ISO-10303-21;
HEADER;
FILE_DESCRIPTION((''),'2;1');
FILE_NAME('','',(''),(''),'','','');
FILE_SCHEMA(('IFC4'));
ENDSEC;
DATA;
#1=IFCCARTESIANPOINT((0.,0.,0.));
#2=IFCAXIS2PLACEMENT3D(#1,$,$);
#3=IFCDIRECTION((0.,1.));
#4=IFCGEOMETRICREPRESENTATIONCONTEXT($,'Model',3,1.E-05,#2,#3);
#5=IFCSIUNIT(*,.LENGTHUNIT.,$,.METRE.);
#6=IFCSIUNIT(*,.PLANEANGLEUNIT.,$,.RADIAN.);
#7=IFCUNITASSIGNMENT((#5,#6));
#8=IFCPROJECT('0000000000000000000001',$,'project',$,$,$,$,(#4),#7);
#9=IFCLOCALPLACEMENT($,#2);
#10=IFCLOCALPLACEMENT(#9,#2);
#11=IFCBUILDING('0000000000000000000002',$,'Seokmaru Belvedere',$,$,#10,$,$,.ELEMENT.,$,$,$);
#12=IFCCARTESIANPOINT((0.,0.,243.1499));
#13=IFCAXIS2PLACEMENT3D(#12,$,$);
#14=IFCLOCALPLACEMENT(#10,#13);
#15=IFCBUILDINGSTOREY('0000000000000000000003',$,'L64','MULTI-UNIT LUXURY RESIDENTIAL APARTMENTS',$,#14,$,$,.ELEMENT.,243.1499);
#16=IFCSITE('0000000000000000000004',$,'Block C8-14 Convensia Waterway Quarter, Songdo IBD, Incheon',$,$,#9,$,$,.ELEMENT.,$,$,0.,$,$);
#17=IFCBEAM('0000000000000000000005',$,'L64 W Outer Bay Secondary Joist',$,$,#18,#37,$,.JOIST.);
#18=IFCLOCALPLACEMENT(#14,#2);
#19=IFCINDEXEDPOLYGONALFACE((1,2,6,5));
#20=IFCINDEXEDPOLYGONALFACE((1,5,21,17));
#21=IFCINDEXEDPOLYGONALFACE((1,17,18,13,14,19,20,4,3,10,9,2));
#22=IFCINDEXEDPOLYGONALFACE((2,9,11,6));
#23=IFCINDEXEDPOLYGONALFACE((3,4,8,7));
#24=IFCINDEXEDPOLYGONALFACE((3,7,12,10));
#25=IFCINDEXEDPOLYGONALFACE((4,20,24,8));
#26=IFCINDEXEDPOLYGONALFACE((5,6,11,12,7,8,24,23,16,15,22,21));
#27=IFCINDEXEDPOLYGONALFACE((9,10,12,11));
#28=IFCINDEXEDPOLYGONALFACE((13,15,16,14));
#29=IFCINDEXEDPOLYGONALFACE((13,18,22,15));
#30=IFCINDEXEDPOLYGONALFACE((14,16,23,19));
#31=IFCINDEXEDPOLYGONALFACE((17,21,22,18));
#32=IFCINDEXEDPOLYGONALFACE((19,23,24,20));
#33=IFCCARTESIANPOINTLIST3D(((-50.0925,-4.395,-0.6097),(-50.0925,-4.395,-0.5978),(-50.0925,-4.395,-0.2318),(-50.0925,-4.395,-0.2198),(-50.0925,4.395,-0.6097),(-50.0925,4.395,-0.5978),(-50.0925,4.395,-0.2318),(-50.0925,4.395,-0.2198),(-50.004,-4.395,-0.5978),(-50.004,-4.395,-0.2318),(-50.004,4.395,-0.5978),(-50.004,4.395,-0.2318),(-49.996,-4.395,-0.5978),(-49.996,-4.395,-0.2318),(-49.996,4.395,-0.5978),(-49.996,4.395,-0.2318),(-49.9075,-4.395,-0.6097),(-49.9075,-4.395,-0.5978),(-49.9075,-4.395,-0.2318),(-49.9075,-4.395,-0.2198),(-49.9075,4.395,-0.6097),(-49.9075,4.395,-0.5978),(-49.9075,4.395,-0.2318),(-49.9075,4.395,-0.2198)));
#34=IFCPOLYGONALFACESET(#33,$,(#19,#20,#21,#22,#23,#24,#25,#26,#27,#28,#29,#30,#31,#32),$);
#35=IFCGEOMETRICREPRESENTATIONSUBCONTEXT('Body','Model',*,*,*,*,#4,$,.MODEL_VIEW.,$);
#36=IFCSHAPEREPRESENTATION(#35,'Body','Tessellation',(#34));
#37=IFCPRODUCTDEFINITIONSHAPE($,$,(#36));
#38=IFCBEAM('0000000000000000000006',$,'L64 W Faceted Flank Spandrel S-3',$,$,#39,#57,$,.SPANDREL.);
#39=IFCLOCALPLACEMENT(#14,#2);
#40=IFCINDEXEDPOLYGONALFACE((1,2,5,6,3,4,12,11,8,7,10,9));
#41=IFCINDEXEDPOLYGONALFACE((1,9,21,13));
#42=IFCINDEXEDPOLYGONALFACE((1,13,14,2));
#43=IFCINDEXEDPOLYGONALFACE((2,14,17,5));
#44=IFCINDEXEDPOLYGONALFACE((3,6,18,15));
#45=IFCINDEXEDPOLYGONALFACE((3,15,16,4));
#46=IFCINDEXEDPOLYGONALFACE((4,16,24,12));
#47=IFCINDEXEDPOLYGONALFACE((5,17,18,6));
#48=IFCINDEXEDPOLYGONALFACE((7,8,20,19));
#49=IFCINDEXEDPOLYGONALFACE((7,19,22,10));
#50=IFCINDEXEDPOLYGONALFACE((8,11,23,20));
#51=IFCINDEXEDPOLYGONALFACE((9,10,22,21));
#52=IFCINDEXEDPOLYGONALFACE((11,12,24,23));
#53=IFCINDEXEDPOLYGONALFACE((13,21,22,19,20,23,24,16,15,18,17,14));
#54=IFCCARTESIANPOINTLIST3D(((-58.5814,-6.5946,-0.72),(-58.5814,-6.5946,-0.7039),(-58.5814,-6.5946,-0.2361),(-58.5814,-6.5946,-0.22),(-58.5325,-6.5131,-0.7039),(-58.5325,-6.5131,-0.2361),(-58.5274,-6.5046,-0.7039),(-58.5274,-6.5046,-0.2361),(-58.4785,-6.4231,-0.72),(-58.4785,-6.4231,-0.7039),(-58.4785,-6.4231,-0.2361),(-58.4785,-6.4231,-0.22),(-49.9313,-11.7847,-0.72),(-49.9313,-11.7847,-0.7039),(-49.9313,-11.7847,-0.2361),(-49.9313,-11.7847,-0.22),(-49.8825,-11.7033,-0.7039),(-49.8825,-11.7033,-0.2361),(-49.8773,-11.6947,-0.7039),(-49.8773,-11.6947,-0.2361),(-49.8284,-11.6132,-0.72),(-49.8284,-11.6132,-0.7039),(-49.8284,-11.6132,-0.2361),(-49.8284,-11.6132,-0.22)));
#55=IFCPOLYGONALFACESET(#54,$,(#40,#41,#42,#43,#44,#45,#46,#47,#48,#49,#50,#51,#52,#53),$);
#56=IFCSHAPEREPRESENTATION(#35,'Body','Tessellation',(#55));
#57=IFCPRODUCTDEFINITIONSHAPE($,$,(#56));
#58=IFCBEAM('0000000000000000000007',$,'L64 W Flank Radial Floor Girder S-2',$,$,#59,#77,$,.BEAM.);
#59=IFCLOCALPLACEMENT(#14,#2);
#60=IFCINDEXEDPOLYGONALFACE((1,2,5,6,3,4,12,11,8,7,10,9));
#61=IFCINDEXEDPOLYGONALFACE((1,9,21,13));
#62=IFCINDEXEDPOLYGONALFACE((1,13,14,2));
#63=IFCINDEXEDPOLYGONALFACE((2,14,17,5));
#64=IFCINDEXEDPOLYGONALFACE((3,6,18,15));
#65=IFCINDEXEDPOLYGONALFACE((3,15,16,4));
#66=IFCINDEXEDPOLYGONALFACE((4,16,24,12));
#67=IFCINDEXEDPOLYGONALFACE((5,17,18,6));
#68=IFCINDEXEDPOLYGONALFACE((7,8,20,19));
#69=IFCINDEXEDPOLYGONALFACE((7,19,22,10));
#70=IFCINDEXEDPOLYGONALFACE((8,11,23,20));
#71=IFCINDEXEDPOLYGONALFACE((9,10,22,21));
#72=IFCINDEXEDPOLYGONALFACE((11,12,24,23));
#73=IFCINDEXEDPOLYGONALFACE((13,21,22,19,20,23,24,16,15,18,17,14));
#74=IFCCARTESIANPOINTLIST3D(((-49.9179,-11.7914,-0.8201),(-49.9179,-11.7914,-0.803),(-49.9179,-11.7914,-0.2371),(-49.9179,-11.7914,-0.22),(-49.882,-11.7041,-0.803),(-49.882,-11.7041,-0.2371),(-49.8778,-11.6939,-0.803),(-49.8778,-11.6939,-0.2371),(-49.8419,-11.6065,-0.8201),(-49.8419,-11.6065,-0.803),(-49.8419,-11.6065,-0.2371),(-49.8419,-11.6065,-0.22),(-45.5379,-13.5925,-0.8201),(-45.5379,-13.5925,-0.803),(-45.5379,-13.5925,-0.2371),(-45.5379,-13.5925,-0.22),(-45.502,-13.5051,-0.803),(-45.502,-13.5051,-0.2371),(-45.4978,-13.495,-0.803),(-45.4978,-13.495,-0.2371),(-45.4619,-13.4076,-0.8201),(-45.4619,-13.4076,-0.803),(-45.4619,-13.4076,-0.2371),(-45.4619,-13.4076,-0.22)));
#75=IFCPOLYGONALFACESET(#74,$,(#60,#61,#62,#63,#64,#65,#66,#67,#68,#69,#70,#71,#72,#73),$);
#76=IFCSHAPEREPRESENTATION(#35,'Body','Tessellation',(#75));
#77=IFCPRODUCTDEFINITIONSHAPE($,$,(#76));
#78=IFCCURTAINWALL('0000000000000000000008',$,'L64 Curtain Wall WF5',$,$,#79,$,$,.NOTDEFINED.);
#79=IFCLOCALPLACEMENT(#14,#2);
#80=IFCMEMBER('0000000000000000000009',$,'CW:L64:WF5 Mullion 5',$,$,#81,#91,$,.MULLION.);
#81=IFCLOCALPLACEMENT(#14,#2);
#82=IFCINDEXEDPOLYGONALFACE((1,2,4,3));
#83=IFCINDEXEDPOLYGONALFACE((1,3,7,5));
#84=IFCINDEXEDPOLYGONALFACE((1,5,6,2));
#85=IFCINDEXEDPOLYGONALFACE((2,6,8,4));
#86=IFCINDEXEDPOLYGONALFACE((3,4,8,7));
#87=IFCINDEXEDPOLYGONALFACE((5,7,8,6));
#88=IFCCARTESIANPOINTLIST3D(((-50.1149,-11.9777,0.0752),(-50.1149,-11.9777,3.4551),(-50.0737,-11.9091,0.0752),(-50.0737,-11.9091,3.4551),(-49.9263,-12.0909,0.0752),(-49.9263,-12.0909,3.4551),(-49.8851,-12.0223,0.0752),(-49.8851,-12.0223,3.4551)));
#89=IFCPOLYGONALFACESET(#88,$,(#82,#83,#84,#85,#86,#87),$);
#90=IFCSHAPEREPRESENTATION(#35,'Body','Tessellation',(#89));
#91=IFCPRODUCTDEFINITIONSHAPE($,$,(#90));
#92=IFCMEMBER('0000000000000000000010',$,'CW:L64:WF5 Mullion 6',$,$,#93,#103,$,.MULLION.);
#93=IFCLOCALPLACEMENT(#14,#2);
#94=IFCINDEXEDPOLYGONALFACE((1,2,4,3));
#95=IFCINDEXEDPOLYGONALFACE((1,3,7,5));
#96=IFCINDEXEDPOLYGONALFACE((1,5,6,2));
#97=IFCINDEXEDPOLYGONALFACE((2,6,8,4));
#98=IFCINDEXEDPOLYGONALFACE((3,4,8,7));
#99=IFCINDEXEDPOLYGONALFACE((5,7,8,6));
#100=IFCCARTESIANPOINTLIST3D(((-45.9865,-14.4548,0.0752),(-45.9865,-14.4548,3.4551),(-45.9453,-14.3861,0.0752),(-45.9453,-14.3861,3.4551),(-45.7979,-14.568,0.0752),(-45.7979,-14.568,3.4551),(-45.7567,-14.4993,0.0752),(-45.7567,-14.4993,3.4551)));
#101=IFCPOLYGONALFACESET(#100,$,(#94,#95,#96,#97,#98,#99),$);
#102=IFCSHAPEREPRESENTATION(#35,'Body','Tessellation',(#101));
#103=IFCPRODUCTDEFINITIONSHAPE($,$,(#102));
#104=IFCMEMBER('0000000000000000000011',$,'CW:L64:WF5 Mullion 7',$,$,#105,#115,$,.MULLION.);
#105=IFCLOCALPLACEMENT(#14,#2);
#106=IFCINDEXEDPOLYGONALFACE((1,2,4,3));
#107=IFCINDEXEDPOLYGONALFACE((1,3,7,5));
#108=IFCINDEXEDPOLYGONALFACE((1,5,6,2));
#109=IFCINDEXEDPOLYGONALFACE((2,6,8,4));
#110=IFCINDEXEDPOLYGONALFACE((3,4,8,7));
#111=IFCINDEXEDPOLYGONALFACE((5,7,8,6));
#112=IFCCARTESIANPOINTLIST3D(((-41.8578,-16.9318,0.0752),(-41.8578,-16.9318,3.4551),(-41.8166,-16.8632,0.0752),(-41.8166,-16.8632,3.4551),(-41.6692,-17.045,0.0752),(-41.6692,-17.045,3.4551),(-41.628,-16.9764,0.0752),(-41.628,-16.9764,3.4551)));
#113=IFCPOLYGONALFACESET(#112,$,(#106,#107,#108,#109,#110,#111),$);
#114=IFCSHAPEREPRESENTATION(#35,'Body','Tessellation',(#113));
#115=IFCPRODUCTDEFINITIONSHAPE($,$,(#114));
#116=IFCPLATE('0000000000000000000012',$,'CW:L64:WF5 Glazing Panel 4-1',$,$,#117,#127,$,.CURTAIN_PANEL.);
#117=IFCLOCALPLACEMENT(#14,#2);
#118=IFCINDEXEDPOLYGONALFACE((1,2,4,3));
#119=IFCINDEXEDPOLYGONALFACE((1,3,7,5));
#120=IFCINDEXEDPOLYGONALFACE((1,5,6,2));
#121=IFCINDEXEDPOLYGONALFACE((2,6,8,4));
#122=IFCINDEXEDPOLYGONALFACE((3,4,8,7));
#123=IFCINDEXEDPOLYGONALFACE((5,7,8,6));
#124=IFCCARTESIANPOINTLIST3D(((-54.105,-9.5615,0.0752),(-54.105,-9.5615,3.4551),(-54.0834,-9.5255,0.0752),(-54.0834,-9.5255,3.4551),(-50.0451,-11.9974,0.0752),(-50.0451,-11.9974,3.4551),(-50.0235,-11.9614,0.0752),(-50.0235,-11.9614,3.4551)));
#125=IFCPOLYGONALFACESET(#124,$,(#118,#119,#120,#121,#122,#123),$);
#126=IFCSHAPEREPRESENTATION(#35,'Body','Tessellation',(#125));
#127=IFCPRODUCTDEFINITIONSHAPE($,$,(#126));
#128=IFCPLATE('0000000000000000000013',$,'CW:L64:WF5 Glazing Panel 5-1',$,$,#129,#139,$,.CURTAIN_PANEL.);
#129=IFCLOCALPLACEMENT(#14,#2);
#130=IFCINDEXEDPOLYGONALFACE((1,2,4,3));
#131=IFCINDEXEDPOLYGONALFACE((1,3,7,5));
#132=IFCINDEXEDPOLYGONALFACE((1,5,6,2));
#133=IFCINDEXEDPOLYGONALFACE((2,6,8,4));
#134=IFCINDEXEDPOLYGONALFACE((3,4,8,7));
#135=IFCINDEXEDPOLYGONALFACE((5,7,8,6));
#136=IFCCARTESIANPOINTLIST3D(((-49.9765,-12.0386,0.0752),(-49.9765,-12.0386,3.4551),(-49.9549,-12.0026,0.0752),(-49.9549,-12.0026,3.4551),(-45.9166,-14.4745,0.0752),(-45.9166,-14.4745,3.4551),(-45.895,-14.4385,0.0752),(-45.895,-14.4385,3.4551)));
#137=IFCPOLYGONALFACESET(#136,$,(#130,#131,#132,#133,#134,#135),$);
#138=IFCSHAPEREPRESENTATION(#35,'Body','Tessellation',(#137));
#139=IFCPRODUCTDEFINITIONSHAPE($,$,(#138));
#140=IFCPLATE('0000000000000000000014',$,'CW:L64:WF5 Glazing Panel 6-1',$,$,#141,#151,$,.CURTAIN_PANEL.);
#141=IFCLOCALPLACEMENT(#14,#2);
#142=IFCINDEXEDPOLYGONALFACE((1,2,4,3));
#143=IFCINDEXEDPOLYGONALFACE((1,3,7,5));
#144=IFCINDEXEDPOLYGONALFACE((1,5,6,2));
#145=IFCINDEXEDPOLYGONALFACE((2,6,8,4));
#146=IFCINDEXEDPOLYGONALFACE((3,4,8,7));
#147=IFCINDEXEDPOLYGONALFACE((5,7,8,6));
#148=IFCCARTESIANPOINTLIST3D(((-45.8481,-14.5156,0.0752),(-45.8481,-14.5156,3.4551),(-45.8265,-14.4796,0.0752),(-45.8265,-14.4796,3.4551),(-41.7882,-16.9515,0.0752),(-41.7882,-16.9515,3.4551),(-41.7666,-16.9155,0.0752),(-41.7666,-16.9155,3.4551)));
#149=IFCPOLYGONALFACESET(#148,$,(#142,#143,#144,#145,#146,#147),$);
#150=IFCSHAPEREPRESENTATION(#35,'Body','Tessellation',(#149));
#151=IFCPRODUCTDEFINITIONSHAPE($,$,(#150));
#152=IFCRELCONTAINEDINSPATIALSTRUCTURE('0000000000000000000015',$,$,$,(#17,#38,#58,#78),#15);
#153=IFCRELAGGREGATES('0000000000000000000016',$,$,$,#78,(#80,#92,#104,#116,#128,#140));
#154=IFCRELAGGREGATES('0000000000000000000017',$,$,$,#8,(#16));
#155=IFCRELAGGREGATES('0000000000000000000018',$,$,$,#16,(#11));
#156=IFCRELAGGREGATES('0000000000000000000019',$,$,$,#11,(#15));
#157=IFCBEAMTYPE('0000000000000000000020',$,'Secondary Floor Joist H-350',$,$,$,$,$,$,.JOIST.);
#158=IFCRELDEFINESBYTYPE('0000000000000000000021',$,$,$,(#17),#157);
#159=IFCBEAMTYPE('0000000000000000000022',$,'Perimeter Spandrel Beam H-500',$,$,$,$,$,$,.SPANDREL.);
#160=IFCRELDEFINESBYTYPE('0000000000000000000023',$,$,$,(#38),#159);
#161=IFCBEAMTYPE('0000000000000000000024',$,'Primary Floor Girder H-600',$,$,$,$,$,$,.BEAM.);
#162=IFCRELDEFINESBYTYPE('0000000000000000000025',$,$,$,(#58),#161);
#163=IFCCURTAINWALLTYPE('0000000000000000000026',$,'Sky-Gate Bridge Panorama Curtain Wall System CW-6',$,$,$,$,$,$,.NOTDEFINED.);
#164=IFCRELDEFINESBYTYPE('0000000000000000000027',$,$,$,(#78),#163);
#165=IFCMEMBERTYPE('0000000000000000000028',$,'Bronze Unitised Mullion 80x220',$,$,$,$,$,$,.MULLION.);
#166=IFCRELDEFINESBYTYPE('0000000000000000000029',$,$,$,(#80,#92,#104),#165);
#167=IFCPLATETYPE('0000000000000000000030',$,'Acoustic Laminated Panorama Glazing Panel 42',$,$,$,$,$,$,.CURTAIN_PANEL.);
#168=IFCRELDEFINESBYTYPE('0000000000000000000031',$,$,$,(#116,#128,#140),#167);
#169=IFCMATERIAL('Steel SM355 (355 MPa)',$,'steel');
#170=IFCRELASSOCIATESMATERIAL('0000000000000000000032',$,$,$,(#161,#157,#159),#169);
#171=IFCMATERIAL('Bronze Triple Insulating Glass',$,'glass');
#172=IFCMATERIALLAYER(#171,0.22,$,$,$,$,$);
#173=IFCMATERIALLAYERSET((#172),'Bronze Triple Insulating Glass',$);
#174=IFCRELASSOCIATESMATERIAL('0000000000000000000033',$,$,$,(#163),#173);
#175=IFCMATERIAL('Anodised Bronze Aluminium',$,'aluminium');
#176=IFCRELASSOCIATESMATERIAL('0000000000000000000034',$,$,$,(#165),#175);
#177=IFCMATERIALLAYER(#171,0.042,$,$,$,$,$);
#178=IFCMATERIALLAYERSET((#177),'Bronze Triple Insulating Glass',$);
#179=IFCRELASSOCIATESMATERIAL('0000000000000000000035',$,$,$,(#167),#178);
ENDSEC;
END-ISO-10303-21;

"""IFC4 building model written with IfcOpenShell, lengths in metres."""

from ifc_helpers import new_model, si_unit, direction, frame, origin, origin_2d, place, context, subcontext, project, spatial, rectangle, i_section, extrude, source, transform, mapped, material, layer, layer_set, material_profile, profile_set, type_object, type_shapes, element, aggregate, save


model = new_model("IFC4")

# Units and contexts
model_context = context("Model", 3, precision=1e-05, world=origin(), true_north=direction((0.0, 1.0)))
body_context = subcontext(model_context, "Body", "Model", "MODEL_VIEW")
ifc_project = project(units=[si_unit("LENGTHUNIT", "METRE"), si_unit("PLANEANGLEUNIT", "RADIAN")], contexts=[model_context])

# Site, building, storey
site_placement = place(None, origin())
site = spatial("IfcSite", under=ifc_project, at=site_placement, Name="Block C8-14 Convensia Waterway Quarter, Songdo IBD, Incheon", CompositionType="ELEMENT", RefElevation=0.0)
building_placement = place(site_placement, origin())
building = spatial("IfcBuilding", under=site, at=building_placement, Name="Seokmaru Belvedere", CompositionType="ELEMENT")
storey_placement = place(building_placement, frame((0.0, 0.0, 243.1499)))
storey = spatial("IfcBuildingStorey", under=building, at=storey_placement, Name="L64", Description="MULTI-UNIT LUXURY RESIDENTIAL APARTMENTS", CompositionType="ELEMENT", Elevation=243.1499)

# Shared definitions
ifc_material_1 = material(Name="Steel SM355 (355 MPa)", Category="steel")

# Beams
ifc_material_profile_1 = material_profile(ifc_material_1, i_section(OverallWidth=0.2, OverallDepth=0.6001, WebThickness=0.011, FlangeThickness=0.0171, at=origin_2d()), Name="H-600x200x11x17")
ifc_profile_set_1 = profile_set([ifc_material_profile_1], Name="Steel SM355 (355 MPa)")
beam_type_1 = type_object("IfcBeamType", Name="Primary Floor Girder H-600", PredefinedType="BEAM", material=ifc_profile_set_1)
ifc_material_profile_2 = material_profile(ifc_material_1, i_section(OverallWidth=0.1851, OverallDepth=0.3899, WebThickness=0.0081, FlangeThickness=0.012, at=origin_2d()), Name="H-390x185x8x12")
ifc_profile_set_2 = profile_set([ifc_material_profile_2], Name="Steel SM355 (355 MPa)")
beam_type_2 = type_object("IfcBeamType", Name="Secondary Floor Joist H-350", PredefinedType="JOIST", material=ifc_profile_set_2)
shared_shape_1 = source(origin(), body_context, "Body", "SweptSolid", [
    extrude(i_section(OverallWidth=0.1851, OverallDepth=0.3899, WebThickness=0.0081, FlangeThickness=0.012, at=origin_2d()), origin(), (0.0, 0.0, 1.0), 8.79),
])
type_shapes(beam_type_2, [shared_shape_1])
for number, where, z_axis, x_axis, name in (
    (1, (-50.0, -4.395, -0.4148), (0.0, 1.0, 0.0), (-1.0, 0.0, 0.0), "L64 W Outer Bay Secondary Joist"),
):
    element("IfcBeam", number, at=place(storey_placement, frame(where, z_axis=z_axis, x_axis=x_axis)), inside=storey, type_object=beam_type_2, Name=name, PredefinedType="JOIST", context=body_context, shape_type="MappedRepresentation", body=[
        mapped(shared_shape_1, transform((0.0, 0.0, 0.0), scale=1.0)),
    ])
ifc_material_profile_3 = material_profile(ifc_material_1, i_section(OverallWidth=0.2, OverallDepth=0.5, WebThickness=0.01, FlangeThickness=0.0161, at=origin_2d()), Name="H-500x200x10x16")
ifc_profile_set_3 = profile_set([ifc_material_profile_3], Name="Steel SM355 (355 MPa)")
beam_type_3 = type_object("IfcBeamType", Name="Perimeter Spandrel Beam H-500", PredefinedType="SPANDREL", material=ifc_profile_set_3)
shared_shape_2 = source(origin(), body_context, "Body", "SweptSolid", [
    extrude(i_section(OverallWidth=0.2, OverallDepth=0.5, WebThickness=0.01, FlangeThickness=0.0161, at=origin_2d()), origin(), (0.0, 0.0, 1.0), 10.0876),
])
type_shapes(beam_type_3, [shared_shape_2])
beam_1_placement = place(storey_placement, frame((-49.8799, -11.699, -0.47), z_axis=(-0.857489, 0.514503, 0.0), x_axis=(-0.514503, -0.857489, 0.0)))
element("IfcBeam", 2, at=beam_1_placement, inside=storey, type_object=beam_type_3, Name="L64 W Faceted Flank Spandrel S-3", PredefinedType="SPANDREL", context=body_context, shape_type="MappedRepresentation", body=[
    mapped(shared_shape_2, transform((0.0, 0.0, 0.0), scale=1.0)),
])
shared_shape_3 = source(origin(), body_context, "Body", "SweptSolid", [
    extrude(i_section(OverallWidth=0.2, OverallDepth=0.6001, WebThickness=0.011, FlangeThickness=0.0171, at=origin_2d()), origin(), (0.0, 0.0, 1.0), 4.7358),
])
beam_2_placement = place(storey_placement, frame((-49.8799, -11.699, -0.52), z_axis=(0.924861, -0.380306, 0.0), x_axis=(0.380306, 0.924861, 0.0)))
element("IfcBeam", 3, at=beam_2_placement, inside=storey, type_object=beam_type_1, Name="L64 W Flank Radial Floor Girder S-2", PredefinedType="BEAM", context=body_context, shape_type="MappedRepresentation", body=[
    mapped(shared_shape_3, transform((0.0, 0.0, 0.0), scale=1.0)),
])

# Curtain wall, members, plates
ifc_material_2 = material(Name="Bronze Triple Insulating Glass", Category="glass")
ifc_layer_1 = layer(ifc_material_2, 0.22)
ifc_layer_set_1 = layer_set([ifc_layer_1], Name="Bronze Triple Insulating Glass")
curtain_wall_type = type_object("IfcCurtainWallType", Name="Sky-Gate Bridge Panorama Curtain Wall System CW-6", PredefinedType="NOTDEFINED", material=ifc_layer_set_1)
curtain_wall_placement = place(storey_placement, origin())
curtain_wall = element("IfcCurtainWall", 4, at=curtain_wall_placement, inside=storey, type_object=curtain_wall_type, Name="L64 Curtain Wall WF5", PredefinedType="NOTDEFINED")
ifc_material_3 = material(Name="Anodised Bronze Aluminium", Category="aluminium")
ifc_material_profile_4 = material_profile(ifc_material_3, rectangle(XDim=0.0801, YDim=0.22, at=origin_2d()), Name="CW-M-80x220")
ifc_profile_set_4 = profile_set([ifc_material_profile_4], Name="Anodised Bronze Aluminium")
member_type = type_object("IfcMemberType", Name="Bronze Unitised Mullion 80x220", PredefinedType="MULLION", material=ifc_profile_set_4)
shared_shape_4 = source(origin(), body_context, "Body", "SweptSolid", [
    extrude(rectangle(XDim=0.0801, YDim=0.22, at=origin_2d()), origin(), (0.0, 0.0, 1.0), 3.3799),
])
type_shapes(member_type, [shared_shape_4])
member_1_placement = place(storey_placement, frame((-50.0, -12.0, 0.0752), z_axis=(0.0, 0.0, 1.0), x_axis=(0.514495, 0.857493, 0.0)))
member_1 = element("IfcMember", 5, at=member_1_placement, type_object=member_type, Name="CW:L64:WF5 Mullion 5", PredefinedType="MULLION", context=body_context, shape_type="MappedRepresentation", body=[
    mapped(shared_shape_4, transform((0.0, 0.0, 0.0), scale=1.0)),
])
member_2_placement = place(storey_placement, frame((-45.8716, -14.4771, 0.0752), z_axis=(0.0, 0.0, 1.0), x_axis=(0.514495, 0.857493, 0.0)))
member_2 = element("IfcMember", 6, at=member_2_placement, type_object=member_type, Name="CW:L64:WF5 Mullion 6", PredefinedType="MULLION", context=body_context, shape_type="MappedRepresentation", body=[
    mapped(shared_shape_4, transform((0.0, 0.0, 0.0), scale=1.0)),
])
member_3_placement = place(storey_placement, frame((-41.7429, -16.9541, 0.0752), z_axis=(0.0, 0.0, 1.0), x_axis=(0.514495, 0.857493, 0.0)))
member_3 = element("IfcMember", 7, at=member_3_placement, type_object=member_type, Name="CW:L64:WF5 Mullion 7", PredefinedType="MULLION", context=body_context, shape_type="MappedRepresentation", body=[
    mapped(shared_shape_4, transform((0.0, 0.0, 0.0), scale=1.0)),
])
ifc_layer_2 = layer(ifc_material_2, 0.042)
ifc_layer_set_2 = layer_set([ifc_layer_2], Name="Bronze Triple Insulating Glass")
plate_type = type_object("IfcPlateType", Name="Acoustic Laminated Panorama Glazing Panel 42", PredefinedType="CURTAIN_PANEL", material=ifc_layer_set_2)
shared_shape_5 = source(origin(), body_context, "Body", "SweptSolid", [
    extrude(rectangle(XDim=4.7346, YDim=0.042, at=origin_2d()), origin(), (0.0, 0.0, 1.0), 3.3799),
])
type_shapes(plate_type, [shared_shape_5])
plate_1_placement = place(storey_placement, frame((-52.0642, -10.7615, 0.0752), z_axis=(0.0, 0.0, 1.0), x_axis=(0.857493, -0.514495, 0.0)))
plate_1 = element("IfcPlate", 8, at=plate_1_placement, type_object=plate_type, Name="CW:L64:WF5 Glazing Panel 4-1", PredefinedType="CURTAIN_PANEL", context=body_context, shape_type="MappedRepresentation", body=[
    mapped(shared_shape_5, transform((0.0, 0.0, 0.0), scale=1.0)),
])
plate_2_placement = place(storey_placement, frame((-47.9358, -13.2385, 0.0752), z_axis=(0.0, 0.0, 1.0), x_axis=(0.857493, -0.514495, 0.0)))
plate_2 = element("IfcPlate", 9, at=plate_2_placement, type_object=plate_type, Name="CW:L64:WF5 Glazing Panel 5-1", PredefinedType="CURTAIN_PANEL", context=body_context, shape_type="MappedRepresentation", body=[
    mapped(shared_shape_5, transform((0.0, 0.0, 0.0), scale=1.0)),
])
plate_3_placement = place(storey_placement, frame((-43.8074, -15.7156, 0.0752), z_axis=(0.0, 0.0, 1.0), x_axis=(0.857493, -0.514495, 0.0)))
plate_3 = element("IfcPlate", 10, at=plate_3_placement, type_object=plate_type, Name="CW:L64:WF5 Glazing Panel 6-1", PredefinedType="CURTAIN_PANEL", context=body_context, shape_type="MappedRepresentation", body=[
    mapped(shared_shape_5, transform((0.0, 0.0, 0.0), scale=1.0)),
])
aggregate(curtain_wall, [member_1, member_2, member_3, plate_1, plate_2, plate_3])

save(model, "model.ifc")
